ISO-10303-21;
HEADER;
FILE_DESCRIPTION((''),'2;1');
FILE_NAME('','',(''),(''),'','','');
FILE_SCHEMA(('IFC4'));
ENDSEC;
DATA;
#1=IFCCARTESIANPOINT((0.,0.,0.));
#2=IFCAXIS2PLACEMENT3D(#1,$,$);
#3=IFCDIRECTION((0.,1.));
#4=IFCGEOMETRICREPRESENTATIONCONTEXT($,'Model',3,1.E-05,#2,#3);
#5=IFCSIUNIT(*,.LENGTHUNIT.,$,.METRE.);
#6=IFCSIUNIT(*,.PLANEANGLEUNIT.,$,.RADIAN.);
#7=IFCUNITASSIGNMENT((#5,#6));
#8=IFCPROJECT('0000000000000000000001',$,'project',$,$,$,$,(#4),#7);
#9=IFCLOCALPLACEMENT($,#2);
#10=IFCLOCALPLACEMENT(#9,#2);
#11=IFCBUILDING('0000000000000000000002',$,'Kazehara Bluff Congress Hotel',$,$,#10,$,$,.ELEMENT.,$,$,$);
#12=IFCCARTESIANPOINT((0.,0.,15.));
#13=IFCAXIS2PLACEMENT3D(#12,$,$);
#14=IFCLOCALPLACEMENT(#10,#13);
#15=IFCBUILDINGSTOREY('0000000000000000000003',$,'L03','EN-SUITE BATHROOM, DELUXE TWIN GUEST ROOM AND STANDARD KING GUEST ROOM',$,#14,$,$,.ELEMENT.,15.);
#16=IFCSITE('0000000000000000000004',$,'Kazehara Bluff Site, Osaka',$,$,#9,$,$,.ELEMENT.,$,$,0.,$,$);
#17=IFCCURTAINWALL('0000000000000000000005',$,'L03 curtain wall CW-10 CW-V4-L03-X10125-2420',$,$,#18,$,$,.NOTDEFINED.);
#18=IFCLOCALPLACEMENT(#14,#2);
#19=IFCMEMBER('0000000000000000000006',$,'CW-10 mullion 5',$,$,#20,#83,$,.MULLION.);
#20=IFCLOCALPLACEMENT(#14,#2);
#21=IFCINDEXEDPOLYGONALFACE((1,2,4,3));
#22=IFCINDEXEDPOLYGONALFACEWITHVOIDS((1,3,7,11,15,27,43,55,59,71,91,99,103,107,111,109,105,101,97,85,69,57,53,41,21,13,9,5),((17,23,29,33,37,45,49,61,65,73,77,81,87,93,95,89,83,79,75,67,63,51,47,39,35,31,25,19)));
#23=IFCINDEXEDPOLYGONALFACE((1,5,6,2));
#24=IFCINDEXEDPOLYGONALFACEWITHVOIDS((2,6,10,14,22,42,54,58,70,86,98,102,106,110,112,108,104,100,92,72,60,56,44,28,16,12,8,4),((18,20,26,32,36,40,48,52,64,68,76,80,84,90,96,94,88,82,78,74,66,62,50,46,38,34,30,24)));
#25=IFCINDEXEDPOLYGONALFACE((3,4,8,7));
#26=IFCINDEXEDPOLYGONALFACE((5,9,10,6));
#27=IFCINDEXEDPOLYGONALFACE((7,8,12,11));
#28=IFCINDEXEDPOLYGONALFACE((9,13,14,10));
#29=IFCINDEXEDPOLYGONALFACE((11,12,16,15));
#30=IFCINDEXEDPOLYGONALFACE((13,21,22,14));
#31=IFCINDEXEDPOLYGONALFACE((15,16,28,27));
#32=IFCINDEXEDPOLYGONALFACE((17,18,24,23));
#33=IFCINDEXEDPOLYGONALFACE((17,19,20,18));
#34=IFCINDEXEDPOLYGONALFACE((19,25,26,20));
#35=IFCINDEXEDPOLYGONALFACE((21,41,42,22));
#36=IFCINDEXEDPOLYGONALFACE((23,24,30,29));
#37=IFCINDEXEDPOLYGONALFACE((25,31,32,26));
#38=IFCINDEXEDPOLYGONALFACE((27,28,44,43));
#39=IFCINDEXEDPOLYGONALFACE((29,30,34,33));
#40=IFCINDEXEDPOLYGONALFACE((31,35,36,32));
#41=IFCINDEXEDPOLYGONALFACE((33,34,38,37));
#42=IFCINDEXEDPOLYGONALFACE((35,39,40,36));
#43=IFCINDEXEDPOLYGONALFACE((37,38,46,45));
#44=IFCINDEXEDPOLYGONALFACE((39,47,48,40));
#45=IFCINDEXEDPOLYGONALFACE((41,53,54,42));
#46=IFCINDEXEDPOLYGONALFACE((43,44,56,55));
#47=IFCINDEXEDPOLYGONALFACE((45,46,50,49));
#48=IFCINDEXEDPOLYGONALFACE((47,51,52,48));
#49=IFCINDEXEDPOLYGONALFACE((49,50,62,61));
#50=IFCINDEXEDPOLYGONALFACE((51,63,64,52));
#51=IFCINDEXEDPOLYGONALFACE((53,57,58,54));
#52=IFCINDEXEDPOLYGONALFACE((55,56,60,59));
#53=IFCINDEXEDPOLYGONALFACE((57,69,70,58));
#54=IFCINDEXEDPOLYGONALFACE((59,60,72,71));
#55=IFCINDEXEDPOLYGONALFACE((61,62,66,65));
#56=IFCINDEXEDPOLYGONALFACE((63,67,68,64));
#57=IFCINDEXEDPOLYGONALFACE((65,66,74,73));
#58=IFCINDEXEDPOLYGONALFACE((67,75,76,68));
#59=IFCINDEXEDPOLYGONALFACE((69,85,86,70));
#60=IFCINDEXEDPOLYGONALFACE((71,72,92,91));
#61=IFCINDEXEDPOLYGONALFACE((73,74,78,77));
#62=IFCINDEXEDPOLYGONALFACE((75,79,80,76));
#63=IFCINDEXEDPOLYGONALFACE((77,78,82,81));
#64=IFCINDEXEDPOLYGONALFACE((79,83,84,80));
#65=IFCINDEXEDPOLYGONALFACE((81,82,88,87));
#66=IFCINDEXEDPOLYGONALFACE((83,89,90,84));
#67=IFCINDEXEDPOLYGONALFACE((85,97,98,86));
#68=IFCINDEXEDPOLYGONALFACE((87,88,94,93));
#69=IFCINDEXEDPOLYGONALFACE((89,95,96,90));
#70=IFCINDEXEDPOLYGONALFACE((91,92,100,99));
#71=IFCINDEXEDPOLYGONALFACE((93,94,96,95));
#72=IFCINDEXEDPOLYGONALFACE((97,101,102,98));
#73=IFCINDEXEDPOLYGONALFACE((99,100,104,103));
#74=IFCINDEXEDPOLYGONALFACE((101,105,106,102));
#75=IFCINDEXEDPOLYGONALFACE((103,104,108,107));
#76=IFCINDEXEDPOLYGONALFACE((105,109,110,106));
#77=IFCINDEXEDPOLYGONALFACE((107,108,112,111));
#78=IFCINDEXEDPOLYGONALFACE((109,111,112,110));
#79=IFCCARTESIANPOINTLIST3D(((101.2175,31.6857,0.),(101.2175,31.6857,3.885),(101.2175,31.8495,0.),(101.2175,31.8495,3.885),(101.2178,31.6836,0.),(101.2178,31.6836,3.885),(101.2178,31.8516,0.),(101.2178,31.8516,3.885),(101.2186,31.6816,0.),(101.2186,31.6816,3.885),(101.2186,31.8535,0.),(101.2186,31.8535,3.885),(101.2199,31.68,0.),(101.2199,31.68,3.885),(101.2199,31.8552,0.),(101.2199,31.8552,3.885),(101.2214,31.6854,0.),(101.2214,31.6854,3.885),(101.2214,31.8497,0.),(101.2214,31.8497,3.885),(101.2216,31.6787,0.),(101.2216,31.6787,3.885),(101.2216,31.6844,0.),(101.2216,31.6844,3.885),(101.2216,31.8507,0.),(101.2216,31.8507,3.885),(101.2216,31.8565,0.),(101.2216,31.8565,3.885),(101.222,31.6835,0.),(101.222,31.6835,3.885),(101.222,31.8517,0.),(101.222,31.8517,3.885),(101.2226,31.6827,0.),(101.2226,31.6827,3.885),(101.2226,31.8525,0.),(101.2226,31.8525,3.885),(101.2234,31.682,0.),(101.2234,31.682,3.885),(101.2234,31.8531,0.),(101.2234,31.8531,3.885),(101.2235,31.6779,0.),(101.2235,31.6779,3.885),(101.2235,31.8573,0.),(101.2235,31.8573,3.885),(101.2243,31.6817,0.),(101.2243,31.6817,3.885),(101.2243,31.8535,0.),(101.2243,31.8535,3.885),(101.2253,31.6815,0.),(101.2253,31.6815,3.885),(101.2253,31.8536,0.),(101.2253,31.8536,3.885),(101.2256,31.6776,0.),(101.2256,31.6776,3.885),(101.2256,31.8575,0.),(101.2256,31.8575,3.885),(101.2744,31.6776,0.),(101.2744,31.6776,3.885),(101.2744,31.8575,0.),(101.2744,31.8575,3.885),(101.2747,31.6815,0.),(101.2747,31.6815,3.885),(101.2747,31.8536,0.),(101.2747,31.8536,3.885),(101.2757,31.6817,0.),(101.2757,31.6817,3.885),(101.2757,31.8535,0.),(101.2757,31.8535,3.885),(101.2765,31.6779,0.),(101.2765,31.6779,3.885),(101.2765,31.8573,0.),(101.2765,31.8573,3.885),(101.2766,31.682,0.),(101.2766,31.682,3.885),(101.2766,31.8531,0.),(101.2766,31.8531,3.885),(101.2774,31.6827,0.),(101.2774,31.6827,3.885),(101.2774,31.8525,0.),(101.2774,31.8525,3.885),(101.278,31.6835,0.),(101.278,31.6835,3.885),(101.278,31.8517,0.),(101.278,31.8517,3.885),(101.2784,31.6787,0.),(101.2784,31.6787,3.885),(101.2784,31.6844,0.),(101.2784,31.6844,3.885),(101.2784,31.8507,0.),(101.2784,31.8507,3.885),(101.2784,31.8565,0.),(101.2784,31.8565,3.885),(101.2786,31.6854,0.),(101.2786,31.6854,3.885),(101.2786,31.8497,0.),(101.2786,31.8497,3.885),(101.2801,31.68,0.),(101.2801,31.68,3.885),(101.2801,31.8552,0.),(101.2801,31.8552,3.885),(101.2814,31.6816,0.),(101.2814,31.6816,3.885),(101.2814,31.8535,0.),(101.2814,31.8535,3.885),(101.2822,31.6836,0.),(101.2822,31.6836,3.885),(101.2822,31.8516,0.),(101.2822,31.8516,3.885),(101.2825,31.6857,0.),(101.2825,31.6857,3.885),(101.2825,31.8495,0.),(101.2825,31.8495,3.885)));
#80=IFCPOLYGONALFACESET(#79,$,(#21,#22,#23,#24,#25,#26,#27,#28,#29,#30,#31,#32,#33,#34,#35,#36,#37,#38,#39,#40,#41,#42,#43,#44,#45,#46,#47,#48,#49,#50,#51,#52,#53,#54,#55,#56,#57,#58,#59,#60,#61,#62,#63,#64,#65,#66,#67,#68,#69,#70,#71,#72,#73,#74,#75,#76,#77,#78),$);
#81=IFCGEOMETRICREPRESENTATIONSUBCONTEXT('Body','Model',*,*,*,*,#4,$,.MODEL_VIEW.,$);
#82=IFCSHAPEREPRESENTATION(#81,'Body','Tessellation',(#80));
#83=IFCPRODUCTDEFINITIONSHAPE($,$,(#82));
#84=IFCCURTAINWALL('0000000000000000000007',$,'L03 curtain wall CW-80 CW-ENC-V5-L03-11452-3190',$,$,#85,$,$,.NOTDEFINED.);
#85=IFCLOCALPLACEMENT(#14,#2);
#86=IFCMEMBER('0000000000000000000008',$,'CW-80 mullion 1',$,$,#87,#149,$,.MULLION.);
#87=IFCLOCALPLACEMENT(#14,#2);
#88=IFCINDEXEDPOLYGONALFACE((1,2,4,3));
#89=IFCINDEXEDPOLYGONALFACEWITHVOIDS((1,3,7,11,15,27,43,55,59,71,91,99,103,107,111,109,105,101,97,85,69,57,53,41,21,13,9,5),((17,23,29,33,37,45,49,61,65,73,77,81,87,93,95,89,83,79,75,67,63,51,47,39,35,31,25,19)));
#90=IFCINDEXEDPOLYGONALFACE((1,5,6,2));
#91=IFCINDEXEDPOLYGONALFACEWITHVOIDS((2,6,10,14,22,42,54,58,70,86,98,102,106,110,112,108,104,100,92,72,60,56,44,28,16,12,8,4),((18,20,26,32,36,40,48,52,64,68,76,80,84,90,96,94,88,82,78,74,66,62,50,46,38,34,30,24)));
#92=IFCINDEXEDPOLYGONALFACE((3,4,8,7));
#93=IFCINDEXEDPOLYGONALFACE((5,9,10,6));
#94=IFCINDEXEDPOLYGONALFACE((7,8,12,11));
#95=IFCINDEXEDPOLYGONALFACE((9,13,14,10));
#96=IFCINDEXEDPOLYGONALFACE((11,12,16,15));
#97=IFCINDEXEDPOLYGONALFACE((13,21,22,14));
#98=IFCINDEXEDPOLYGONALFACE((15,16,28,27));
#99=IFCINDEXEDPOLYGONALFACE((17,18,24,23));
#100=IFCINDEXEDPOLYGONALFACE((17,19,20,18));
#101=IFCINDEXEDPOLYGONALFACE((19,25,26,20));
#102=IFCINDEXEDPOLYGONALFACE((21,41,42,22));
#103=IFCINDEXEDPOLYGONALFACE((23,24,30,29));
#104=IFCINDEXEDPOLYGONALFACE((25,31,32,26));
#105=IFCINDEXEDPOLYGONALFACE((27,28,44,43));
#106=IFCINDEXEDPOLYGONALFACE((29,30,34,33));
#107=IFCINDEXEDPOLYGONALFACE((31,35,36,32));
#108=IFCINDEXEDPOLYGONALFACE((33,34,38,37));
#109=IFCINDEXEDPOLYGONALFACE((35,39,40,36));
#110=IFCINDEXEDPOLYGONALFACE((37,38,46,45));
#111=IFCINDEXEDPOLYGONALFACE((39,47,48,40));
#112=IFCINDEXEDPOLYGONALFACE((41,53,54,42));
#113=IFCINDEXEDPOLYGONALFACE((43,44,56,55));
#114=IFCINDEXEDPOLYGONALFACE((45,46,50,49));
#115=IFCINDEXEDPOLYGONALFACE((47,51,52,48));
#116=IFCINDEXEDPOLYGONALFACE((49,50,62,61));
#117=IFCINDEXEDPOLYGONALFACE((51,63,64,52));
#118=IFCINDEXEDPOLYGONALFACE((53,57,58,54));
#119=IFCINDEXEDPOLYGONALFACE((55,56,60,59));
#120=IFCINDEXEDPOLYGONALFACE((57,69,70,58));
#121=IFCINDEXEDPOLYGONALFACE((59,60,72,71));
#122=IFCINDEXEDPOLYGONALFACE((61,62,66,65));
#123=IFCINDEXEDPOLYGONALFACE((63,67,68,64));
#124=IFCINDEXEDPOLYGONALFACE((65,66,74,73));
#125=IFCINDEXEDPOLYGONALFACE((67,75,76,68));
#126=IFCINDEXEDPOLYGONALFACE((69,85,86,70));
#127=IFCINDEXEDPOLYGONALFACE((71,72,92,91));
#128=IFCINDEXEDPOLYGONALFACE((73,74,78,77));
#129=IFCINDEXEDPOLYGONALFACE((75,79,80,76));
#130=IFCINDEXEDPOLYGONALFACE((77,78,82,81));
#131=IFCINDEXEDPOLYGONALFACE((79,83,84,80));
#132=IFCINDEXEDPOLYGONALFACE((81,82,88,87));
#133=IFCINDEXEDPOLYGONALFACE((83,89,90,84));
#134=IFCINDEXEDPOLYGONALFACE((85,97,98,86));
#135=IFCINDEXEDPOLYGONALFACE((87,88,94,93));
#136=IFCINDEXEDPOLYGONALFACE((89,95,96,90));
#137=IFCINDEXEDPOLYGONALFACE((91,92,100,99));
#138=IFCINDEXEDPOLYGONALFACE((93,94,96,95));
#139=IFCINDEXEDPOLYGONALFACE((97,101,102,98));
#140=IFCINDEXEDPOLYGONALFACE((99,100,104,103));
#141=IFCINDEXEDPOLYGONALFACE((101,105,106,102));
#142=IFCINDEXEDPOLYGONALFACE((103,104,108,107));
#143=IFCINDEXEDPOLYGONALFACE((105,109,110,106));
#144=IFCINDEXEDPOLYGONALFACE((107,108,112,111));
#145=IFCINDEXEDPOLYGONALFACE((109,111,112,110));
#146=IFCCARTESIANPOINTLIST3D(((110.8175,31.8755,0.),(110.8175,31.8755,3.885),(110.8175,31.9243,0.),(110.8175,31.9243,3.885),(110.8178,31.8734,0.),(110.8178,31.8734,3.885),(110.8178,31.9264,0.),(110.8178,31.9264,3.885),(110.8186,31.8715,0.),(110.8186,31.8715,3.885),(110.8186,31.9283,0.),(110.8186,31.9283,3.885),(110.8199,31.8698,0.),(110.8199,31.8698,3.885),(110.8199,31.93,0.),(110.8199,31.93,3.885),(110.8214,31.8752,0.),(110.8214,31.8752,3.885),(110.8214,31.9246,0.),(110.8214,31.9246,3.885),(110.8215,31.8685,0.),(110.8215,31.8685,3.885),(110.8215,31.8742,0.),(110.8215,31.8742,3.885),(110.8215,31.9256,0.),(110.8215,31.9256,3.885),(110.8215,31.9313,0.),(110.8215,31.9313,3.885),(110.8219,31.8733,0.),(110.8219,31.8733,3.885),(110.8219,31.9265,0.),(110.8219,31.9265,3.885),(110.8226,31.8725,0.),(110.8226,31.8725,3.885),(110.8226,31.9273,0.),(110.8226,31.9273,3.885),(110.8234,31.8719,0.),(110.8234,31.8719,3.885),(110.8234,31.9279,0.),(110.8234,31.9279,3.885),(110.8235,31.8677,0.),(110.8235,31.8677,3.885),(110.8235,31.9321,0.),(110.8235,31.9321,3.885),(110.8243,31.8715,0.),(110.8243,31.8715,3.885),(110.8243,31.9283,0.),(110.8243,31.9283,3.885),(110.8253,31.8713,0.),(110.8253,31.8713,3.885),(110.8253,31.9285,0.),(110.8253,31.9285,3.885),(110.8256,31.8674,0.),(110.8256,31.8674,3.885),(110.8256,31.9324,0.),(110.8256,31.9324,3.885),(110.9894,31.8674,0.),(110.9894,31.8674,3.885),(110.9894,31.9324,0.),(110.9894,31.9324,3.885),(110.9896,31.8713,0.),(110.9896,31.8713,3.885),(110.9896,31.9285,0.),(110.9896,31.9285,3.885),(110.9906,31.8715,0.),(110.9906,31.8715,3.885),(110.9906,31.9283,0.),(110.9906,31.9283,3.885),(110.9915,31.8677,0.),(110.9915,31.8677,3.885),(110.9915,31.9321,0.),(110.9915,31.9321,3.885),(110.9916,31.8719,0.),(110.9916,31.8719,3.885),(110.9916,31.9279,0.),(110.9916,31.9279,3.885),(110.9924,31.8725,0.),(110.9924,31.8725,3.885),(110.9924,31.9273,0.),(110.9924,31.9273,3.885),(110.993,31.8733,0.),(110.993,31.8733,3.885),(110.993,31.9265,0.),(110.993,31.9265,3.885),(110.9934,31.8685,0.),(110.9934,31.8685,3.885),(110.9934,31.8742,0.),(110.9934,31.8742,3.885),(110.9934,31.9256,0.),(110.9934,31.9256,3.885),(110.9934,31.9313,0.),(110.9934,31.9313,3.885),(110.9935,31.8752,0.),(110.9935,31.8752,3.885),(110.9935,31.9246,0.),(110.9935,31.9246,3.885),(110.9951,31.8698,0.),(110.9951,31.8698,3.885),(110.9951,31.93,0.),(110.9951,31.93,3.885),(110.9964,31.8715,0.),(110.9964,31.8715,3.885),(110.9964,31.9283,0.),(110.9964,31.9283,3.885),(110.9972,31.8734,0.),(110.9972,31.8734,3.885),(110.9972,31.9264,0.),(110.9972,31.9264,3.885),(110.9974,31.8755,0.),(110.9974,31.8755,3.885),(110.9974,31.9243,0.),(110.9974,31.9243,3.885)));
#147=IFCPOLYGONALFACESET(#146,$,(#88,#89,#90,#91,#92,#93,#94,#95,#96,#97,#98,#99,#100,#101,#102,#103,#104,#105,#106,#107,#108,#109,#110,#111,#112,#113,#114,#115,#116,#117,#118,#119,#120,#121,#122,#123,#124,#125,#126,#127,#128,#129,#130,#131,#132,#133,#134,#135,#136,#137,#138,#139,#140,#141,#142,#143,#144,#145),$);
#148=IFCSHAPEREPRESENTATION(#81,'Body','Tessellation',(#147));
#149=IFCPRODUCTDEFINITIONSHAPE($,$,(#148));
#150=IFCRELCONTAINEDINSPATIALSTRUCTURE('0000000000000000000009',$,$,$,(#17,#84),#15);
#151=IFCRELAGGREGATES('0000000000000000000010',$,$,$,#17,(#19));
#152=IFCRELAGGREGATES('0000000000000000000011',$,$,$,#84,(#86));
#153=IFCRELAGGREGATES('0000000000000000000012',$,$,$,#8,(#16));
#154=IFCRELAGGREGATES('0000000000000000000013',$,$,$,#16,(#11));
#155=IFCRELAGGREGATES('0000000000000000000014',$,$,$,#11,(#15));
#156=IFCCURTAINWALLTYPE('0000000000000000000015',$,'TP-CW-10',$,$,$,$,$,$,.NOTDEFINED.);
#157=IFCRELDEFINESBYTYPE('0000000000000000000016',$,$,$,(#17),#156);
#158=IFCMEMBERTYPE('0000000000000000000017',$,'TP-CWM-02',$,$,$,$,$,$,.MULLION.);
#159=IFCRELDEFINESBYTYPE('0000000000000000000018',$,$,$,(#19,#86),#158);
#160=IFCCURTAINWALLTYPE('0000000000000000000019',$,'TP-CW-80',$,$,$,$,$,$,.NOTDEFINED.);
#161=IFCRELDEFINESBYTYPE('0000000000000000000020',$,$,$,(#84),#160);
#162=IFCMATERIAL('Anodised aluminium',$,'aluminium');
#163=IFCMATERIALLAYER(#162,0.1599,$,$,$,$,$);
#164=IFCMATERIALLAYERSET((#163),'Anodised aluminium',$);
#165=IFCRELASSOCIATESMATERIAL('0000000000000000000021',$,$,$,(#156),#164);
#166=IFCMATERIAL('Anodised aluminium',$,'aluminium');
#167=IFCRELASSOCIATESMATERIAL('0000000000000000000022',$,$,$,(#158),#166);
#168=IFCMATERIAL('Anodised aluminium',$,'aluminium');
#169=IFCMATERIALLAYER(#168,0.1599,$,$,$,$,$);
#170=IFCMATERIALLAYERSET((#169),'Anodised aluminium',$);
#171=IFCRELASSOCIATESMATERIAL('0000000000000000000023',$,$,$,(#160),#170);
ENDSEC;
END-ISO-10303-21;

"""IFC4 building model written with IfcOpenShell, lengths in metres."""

from ifc_helpers import new_model, si_unit, direction, frame, origin, origin_2d, place, context, subcontext, project, spatial, hollow_rectangle, extrude, material, layer, layer_set, material_profile, profile_set, type_object, element, aggregate, save


model = new_model("IFC4")

# Units and contexts
model_context = context("Model", 3, precision=1e-05, world=origin(), true_north=direction((0.0, 1.0)))
body_context = subcontext(model_context, "Body", "Model", "MODEL_VIEW")
ifc_project = project(units=[si_unit("LENGTHUNIT", "METRE"), si_unit("PLANEANGLEUNIT", "RADIAN")], contexts=[model_context])

# Site, building, storey
site_placement = place(None, origin())
site = spatial("IfcSite", under=ifc_project, at=site_placement, Name="Kazehara Bluff Site, Osaka", CompositionType="ELEMENT", RefElevation=0.0)
building_placement = place(site_placement, origin())
building = spatial("IfcBuilding", under=site, at=building_placement, Name="Kazehara Bluff Congress Hotel", CompositionType="ELEMENT")
storey_placement = place(building_placement, frame((0.0, 0.0, 15.0)))
storey = spatial("IfcBuildingStorey", under=building, at=storey_placement, Name="L03", Description="EN-SUITE BATHROOM, DELUXE TWIN GUEST ROOM AND STANDARD KING GUEST ROOM", CompositionType="ELEMENT", Elevation=15.0)

# Curtain wall, member
ifc_material_1 = material(Name="Anodised aluminium", Category="aluminium")
ifc_layer_1 = layer(ifc_material_1, 0.1599)
ifc_layer_set_1 = layer_set([ifc_layer_1], Name="Anodised aluminium")
curtain_wall_type_1 = type_object("IfcCurtainWallType", Name="TP-CW-10", PredefinedType="NOTDEFINED", material=ifc_layer_set_1)
curtain_wall_1_placement = place(storey_placement, origin())
curtain_wall_1 = element("IfcCurtainWall", 1, at=curtain_wall_1_placement, inside=storey, type_object=curtain_wall_type_1, Name="L03 curtain wall CW-10 CW-V4-L03-X10125-2420", PredefinedType="NOTDEFINED")
ifc_material_2 = material(Name="Anodised aluminium", Category="aluminium")
ifc_material_profile_1 = material_profile(ifc_material_2, hollow_rectangle(XDim=0.0649, YDim=0.1799, WallThickness=0.0039, InnerFilletRadius=0.0039, OuterFilletRadius=0.0081, at=origin_2d()))
ifc_profile_set_1 = profile_set([ifc_material_profile_1], Name="Anodised aluminium")
member_type_1 = type_object("IfcMemberType", Name="TP-CWM-02", PredefinedType="MULLION", material=ifc_profile_set_1)
member_1_placement = place(storey_placement, frame((101.25, 31.7676, 0.0), z_axis=(0.0, 0.0, 1.0), x_axis=(-1.0, 0.0, 0.0)))
member_1 = element("IfcMember", 2, at=member_1_placement, type_object=member_type_1, Name="CW-10 mullion 5", PredefinedType="MULLION", context=body_context, shape_type="SweptSolid", body=[
    extrude(hollow_rectangle(XDim=0.0649, YDim=0.1799, WallThickness=0.0039, InnerFilletRadius=0.0039, OuterFilletRadius=0.0081, at=origin_2d()), origin(), (0.0, 0.0, 1.0), 3.885),
])

# Curtain wall, member
ifc_material_3 = material(Name="Anodised aluminium", Category="aluminium")
ifc_layer_2 = layer(ifc_material_3, 0.1599)
ifc_layer_set_2 = layer_set([ifc_layer_2], Name="Anodised aluminium")
curtain_wall_type_2 = type_object("IfcCurtainWallType", Name="TP-CW-80", PredefinedType="NOTDEFINED", material=ifc_layer_set_2)
curtain_wall_2_placement = place(storey_placement, origin())
curtain_wall_2 = element("IfcCurtainWall", 3, at=curtain_wall_2_placement, inside=storey, type_object=curtain_wall_type_2, Name="L03 curtain wall CW-80 CW-ENC-V5-L03-11452-3190", PredefinedType="NOTDEFINED")
member_2_placement = place(storey_placement, frame((110.9075, 31.8999, 0.0), z_axis=(0.0, 0.0, 1.0), x_axis=(0.0, 1.0, 0.0)))
member_2 = element("IfcMember", 4, at=member_2_placement, type_object=member_type_1, Name="CW-80 mullion 1", PredefinedType="MULLION", context=body_context, shape_type="SweptSolid", body=[
    extrude(hollow_rectangle(XDim=0.0649, YDim=0.1799, WallThickness=0.0039, InnerFilletRadius=0.0039, OuterFilletRadius=0.0081, at=origin_2d()), origin(), (0.0, 0.0, 1.0), 3.885),
])

aggregate(curtain_wall_1, [member_1])
aggregate(curtain_wall_2, [member_2])

save(model, "model.ifc")
